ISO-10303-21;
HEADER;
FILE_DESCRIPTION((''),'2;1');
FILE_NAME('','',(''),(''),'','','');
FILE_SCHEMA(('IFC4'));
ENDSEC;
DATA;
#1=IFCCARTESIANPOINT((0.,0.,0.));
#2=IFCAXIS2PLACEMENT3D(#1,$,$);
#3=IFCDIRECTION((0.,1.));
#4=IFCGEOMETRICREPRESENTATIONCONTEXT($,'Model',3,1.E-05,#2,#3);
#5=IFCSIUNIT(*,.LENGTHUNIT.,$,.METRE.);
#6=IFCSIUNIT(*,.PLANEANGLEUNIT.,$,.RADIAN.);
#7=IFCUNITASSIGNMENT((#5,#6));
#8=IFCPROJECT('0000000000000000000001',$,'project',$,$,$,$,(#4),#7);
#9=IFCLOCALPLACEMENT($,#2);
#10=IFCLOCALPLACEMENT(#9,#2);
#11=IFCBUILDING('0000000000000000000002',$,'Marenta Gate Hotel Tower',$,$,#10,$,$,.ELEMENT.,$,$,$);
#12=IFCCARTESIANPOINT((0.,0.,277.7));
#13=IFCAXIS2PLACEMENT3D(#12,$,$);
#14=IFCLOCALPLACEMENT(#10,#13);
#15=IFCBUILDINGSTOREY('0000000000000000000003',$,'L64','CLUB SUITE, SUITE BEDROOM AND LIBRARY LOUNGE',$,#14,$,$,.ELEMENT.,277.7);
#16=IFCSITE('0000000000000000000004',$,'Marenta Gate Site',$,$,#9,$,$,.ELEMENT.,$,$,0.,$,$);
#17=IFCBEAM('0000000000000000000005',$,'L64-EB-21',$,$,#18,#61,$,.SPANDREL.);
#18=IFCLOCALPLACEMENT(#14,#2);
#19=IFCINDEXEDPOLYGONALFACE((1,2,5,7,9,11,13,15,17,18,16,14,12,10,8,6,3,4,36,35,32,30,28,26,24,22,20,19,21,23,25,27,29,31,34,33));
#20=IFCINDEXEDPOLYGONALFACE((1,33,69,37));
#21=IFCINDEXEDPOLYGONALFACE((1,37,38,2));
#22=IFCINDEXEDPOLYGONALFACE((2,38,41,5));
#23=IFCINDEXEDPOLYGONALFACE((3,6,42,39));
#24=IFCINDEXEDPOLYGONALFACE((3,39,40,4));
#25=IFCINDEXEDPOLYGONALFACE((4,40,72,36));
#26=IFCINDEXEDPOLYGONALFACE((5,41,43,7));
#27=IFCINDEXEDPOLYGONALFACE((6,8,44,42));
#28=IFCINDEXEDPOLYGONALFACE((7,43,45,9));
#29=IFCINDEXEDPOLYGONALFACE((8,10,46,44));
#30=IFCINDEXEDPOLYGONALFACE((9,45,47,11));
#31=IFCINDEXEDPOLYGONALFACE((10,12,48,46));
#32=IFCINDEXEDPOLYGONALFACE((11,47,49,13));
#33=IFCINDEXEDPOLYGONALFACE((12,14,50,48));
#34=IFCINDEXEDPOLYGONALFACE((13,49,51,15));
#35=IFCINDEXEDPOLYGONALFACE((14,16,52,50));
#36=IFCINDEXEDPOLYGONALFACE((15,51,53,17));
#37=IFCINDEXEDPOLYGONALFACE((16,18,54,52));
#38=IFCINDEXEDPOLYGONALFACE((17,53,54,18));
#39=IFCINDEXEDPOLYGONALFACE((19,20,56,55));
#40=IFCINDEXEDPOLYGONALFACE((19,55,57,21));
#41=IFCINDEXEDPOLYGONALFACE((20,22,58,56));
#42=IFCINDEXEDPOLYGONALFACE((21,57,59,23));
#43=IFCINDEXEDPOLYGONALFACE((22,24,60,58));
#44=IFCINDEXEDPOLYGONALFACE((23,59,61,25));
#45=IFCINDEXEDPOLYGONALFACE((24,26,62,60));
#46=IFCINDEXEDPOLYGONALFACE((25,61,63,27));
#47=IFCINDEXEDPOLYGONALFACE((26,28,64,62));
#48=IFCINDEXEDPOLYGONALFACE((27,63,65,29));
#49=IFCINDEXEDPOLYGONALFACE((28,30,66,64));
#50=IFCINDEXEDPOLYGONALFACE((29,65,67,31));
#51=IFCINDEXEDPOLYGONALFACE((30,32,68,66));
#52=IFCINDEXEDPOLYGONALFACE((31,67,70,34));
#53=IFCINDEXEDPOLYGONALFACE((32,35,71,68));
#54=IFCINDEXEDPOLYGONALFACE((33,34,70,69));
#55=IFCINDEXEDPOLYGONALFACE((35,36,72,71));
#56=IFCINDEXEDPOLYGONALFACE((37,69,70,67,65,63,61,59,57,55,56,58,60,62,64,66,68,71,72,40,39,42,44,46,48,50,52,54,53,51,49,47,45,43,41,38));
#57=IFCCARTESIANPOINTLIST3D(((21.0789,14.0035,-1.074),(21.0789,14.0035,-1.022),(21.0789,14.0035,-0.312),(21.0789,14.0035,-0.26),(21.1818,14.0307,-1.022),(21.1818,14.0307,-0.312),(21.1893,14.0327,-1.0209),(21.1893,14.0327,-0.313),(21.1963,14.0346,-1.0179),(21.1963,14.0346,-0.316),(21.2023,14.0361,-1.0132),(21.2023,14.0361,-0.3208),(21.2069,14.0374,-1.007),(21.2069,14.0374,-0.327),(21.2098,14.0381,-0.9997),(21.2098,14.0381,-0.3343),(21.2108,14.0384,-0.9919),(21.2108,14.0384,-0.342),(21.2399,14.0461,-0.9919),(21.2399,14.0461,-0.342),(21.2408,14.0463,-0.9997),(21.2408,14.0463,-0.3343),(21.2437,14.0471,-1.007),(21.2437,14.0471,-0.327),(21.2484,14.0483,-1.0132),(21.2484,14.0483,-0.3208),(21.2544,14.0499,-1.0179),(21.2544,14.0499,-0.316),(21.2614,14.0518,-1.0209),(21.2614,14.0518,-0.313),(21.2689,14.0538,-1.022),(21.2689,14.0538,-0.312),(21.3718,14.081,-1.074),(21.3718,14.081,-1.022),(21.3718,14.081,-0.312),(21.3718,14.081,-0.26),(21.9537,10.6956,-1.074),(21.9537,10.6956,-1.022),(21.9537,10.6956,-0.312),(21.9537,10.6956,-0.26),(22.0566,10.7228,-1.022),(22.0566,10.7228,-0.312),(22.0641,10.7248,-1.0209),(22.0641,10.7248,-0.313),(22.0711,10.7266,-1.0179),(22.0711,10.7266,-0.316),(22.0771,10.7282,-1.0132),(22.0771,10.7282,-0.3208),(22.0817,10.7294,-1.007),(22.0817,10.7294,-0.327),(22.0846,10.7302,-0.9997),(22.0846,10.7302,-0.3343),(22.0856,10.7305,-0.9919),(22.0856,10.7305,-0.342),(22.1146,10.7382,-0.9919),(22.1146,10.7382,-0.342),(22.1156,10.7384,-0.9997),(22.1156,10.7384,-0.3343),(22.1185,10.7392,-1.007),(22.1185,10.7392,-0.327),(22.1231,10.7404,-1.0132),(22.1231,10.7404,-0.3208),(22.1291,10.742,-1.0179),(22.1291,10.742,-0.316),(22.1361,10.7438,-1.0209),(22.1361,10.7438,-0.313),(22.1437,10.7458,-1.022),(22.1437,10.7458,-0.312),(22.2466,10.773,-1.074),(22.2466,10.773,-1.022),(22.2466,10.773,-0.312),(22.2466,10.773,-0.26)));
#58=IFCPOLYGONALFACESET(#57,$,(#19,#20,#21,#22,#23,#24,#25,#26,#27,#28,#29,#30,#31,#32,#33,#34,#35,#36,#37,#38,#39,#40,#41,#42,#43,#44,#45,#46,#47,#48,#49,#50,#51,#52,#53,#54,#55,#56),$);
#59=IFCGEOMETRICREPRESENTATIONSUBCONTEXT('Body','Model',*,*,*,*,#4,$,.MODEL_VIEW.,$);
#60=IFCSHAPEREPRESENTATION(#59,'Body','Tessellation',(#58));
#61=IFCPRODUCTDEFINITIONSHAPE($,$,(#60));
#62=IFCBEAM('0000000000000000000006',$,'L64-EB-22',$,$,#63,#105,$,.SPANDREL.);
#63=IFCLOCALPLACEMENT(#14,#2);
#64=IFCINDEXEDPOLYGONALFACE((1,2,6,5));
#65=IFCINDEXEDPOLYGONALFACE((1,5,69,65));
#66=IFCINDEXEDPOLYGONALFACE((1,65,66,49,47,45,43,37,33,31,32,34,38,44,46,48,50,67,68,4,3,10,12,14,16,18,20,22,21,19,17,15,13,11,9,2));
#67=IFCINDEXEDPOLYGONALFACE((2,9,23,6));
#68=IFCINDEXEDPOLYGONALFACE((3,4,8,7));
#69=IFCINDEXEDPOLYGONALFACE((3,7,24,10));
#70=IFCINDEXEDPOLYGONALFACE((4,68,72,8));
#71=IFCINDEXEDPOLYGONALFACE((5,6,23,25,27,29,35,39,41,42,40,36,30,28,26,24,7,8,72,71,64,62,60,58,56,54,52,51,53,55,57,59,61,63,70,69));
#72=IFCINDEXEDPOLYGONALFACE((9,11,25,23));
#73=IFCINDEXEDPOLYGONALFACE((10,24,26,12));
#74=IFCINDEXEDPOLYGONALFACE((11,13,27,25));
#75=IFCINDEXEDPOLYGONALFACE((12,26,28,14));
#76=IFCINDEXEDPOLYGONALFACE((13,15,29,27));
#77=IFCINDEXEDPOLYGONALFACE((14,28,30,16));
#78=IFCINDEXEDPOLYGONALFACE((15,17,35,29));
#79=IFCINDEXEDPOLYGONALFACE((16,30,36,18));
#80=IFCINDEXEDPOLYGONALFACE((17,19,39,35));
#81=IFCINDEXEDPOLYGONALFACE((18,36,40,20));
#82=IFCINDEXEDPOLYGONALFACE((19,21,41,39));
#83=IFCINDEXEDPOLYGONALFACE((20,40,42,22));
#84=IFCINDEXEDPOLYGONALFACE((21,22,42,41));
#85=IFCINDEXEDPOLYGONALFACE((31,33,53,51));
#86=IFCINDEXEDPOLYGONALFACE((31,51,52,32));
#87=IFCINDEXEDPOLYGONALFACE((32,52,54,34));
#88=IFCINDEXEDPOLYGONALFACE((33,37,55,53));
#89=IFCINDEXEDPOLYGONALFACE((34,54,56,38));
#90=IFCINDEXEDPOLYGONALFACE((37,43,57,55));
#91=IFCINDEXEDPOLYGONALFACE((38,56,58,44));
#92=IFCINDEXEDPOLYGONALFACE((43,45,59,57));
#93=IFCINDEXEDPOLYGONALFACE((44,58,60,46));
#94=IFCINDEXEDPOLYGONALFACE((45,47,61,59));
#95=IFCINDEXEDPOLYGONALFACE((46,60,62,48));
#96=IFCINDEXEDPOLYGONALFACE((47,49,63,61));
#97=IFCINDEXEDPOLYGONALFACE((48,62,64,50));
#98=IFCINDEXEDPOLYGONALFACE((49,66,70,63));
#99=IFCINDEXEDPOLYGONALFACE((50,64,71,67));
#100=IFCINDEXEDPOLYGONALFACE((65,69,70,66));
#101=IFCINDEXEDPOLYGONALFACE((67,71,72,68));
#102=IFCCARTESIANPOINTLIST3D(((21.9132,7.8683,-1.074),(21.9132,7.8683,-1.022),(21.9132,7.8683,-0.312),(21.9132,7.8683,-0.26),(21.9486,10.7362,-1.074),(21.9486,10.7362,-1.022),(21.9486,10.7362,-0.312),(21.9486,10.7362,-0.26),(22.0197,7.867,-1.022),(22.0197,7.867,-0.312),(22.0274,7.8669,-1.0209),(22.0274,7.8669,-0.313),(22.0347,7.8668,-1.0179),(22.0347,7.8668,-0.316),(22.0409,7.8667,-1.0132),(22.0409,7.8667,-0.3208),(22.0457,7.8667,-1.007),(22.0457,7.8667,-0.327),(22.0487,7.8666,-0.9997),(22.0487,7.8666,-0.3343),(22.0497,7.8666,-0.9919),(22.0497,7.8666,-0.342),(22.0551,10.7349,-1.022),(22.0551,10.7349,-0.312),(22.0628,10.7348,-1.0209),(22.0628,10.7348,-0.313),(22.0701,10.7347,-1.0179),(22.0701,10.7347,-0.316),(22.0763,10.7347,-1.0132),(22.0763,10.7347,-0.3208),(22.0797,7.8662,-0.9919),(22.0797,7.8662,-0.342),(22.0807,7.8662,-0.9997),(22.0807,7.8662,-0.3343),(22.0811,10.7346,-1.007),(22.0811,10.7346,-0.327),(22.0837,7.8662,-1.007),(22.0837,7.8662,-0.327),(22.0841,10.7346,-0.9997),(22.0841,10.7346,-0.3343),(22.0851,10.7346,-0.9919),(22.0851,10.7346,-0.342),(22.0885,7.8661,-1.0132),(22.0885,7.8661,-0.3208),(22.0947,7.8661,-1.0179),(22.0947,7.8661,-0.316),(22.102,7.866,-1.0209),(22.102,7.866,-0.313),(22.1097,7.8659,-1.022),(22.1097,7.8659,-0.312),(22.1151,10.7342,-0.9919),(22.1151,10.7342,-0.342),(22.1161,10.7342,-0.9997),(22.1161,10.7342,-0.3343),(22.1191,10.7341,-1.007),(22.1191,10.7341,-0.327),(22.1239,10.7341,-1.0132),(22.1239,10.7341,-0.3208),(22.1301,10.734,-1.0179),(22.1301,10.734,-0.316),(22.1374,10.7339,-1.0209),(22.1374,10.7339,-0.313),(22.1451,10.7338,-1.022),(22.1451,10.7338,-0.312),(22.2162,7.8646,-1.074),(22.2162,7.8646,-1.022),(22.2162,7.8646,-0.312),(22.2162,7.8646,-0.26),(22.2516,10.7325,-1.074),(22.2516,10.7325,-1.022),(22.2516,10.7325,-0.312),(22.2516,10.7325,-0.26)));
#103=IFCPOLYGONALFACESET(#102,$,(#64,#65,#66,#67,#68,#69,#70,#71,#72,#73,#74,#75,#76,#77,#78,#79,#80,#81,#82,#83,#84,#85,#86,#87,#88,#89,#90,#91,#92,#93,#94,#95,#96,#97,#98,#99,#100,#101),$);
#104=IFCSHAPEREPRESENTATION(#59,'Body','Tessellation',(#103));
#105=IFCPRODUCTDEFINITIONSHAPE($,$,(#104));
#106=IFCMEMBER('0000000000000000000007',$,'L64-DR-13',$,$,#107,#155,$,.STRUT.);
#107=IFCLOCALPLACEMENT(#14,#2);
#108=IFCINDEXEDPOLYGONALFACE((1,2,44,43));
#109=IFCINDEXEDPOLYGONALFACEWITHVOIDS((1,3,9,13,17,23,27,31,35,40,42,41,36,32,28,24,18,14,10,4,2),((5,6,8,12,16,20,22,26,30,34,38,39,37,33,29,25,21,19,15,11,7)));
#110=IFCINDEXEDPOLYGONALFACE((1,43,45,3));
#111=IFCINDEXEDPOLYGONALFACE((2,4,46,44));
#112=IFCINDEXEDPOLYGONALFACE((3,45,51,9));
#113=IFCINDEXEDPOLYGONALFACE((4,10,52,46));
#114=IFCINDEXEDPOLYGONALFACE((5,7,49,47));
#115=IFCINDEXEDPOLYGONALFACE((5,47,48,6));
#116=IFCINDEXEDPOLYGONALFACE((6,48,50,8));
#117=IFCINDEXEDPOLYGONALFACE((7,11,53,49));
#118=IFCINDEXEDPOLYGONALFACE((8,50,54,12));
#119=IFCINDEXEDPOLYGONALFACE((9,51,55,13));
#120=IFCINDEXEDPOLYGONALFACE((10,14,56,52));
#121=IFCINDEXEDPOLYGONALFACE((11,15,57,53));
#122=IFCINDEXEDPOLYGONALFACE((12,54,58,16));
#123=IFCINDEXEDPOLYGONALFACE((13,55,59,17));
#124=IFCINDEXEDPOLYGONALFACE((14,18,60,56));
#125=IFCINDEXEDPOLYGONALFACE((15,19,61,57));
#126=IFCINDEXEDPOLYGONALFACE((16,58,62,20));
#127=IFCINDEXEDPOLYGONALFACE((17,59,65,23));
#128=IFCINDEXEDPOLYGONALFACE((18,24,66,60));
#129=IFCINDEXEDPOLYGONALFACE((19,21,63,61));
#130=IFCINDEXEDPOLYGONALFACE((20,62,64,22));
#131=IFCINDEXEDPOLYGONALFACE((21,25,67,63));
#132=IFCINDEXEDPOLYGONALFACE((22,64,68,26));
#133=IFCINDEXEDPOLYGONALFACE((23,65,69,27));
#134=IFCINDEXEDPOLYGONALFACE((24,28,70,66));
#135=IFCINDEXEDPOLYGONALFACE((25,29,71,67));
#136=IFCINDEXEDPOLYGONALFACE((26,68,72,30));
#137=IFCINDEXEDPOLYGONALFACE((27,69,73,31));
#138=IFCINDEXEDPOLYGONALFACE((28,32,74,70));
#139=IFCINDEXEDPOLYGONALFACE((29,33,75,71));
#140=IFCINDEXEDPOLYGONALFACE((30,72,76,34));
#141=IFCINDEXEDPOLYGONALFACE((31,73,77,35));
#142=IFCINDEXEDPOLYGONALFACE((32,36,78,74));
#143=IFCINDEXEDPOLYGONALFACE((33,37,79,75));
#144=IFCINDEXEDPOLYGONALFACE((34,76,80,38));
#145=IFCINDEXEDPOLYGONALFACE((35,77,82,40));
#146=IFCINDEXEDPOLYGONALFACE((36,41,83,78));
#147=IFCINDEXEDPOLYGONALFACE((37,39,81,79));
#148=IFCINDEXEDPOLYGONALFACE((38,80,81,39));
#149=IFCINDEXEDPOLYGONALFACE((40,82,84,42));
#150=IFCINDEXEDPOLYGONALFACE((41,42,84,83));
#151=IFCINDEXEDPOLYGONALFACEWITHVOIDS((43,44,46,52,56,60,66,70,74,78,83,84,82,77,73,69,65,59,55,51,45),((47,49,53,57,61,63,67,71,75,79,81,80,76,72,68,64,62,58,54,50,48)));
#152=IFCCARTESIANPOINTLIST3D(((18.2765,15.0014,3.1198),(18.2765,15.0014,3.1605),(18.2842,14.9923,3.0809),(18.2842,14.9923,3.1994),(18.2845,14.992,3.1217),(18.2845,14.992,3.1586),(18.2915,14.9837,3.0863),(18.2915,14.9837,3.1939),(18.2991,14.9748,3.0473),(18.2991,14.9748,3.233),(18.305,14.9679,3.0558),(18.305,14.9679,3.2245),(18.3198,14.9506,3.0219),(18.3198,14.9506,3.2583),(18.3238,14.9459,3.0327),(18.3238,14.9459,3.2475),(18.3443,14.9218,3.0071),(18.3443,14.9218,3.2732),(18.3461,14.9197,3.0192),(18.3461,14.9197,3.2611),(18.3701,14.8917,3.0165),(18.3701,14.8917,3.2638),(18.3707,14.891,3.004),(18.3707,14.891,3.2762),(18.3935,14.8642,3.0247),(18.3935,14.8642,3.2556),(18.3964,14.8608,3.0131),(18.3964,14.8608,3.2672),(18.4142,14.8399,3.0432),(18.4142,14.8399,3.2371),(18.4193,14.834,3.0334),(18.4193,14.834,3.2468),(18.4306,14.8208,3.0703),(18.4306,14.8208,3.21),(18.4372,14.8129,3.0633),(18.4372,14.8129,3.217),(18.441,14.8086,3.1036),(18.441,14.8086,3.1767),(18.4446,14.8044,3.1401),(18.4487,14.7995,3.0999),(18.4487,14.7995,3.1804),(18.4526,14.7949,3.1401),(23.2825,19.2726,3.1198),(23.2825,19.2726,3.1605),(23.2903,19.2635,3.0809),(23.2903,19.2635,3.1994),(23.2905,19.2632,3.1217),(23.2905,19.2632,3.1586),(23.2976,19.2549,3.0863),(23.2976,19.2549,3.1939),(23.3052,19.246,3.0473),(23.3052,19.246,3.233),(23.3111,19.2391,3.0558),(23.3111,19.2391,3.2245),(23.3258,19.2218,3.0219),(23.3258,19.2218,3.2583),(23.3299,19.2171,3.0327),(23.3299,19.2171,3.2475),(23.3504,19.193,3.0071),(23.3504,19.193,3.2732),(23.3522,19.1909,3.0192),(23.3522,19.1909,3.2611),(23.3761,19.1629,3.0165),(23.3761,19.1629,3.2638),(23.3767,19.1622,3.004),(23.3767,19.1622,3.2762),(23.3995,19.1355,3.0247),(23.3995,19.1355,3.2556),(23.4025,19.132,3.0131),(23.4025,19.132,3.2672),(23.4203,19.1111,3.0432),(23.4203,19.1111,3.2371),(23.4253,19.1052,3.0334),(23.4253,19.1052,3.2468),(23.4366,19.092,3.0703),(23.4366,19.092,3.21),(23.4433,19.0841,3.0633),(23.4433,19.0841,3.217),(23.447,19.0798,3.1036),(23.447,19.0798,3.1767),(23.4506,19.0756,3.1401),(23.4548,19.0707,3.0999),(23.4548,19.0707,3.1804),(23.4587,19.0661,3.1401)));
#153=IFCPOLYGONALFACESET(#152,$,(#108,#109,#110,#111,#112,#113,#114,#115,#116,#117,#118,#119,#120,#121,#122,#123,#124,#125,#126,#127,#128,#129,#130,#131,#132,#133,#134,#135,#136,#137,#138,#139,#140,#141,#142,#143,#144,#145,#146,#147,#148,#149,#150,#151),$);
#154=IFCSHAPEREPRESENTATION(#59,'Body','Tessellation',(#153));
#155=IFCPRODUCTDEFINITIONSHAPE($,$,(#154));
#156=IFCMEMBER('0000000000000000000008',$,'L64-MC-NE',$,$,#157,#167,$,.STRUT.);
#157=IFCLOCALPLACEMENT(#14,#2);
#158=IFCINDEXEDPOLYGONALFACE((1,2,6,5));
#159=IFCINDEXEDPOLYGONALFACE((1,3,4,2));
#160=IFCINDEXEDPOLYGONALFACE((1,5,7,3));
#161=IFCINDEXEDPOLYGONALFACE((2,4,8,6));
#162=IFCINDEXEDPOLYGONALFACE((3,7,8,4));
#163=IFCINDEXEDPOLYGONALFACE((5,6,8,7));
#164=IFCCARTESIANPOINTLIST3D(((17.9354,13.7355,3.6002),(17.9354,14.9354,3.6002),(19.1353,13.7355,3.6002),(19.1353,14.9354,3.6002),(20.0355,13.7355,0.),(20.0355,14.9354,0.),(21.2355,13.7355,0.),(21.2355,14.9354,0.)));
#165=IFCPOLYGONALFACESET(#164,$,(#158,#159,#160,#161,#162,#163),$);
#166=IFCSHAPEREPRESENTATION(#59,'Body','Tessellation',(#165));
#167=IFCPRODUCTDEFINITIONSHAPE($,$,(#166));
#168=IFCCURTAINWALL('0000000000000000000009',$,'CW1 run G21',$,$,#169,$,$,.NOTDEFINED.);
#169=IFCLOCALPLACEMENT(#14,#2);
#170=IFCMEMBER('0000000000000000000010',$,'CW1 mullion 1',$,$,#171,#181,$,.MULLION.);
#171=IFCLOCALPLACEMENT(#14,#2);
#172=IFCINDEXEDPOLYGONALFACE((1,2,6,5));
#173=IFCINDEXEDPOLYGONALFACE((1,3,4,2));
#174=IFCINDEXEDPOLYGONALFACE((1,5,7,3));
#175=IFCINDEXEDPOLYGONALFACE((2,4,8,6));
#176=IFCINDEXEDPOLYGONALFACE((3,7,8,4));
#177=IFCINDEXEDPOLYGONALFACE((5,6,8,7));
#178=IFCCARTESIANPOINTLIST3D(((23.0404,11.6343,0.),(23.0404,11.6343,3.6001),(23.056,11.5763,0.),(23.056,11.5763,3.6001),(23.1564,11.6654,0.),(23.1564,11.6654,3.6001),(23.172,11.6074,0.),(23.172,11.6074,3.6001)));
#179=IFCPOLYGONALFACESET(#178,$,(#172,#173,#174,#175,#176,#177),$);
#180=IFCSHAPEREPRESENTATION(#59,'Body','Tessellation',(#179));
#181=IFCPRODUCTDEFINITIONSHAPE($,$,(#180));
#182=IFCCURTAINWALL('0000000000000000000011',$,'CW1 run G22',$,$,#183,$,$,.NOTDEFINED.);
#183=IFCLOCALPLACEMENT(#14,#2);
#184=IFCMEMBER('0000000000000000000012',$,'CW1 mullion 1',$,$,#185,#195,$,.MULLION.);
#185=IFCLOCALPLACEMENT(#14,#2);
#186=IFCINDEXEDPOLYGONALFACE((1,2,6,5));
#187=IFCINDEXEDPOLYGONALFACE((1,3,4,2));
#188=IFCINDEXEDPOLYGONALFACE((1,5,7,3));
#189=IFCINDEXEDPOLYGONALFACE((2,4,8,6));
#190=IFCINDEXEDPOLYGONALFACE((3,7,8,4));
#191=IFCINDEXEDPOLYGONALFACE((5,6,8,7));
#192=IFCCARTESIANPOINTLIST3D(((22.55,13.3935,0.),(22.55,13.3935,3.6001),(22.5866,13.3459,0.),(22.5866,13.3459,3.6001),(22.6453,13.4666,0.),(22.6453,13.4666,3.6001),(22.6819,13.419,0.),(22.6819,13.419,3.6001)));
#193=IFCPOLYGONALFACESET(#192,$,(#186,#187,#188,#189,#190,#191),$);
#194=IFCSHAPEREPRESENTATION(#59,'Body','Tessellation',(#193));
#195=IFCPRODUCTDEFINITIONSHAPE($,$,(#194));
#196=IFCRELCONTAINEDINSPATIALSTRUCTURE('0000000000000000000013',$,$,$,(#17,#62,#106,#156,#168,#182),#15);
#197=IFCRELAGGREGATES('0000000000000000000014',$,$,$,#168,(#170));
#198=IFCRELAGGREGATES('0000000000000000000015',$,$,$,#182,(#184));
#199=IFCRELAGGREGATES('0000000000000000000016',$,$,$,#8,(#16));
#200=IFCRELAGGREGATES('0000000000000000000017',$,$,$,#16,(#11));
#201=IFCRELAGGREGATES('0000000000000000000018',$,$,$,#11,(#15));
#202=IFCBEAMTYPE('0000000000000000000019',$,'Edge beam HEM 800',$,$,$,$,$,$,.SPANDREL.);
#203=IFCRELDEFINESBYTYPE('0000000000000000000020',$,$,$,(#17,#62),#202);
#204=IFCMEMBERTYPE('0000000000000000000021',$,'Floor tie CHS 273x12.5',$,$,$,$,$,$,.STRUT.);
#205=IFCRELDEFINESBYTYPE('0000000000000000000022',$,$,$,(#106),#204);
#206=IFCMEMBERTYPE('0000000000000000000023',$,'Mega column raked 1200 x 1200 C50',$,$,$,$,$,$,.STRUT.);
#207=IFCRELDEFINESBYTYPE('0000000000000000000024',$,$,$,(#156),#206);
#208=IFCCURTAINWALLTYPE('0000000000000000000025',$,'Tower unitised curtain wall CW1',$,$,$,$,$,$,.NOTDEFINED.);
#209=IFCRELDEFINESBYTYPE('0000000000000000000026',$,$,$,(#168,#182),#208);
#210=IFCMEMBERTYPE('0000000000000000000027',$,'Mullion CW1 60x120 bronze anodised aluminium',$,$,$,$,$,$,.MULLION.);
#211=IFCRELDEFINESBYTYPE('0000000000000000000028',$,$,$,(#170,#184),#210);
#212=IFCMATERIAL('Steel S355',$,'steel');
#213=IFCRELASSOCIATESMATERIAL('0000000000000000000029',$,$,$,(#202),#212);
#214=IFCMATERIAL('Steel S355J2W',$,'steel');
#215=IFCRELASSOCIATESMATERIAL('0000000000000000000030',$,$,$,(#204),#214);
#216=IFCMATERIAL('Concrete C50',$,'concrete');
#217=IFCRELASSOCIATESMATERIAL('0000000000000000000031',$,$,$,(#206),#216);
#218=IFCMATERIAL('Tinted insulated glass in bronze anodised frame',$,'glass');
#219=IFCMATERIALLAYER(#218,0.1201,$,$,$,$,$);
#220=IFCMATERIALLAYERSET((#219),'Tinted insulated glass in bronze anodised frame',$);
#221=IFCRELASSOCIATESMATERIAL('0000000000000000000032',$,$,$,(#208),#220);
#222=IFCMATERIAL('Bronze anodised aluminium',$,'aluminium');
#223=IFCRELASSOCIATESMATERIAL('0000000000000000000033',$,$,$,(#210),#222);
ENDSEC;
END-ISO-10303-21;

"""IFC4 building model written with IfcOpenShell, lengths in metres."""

from ifc_helpers import new_model, si_unit, direction, frame, origin, origin_2d, place, context, subcontext, project, spatial, rectangle, hollow_circle, i_section, extrude, material, layer, layer_set, material_profile, profile_set, type_object, element, aggregate, save


model = new_model("IFC4")

# Units and contexts
model_context = context("Model", 3, precision=1e-05, world=origin(), true_north=direction((0.0, 1.0)))
body_context = subcontext(model_context, "Body", "Model", "MODEL_VIEW")
ifc_project = project(units=[si_unit("LENGTHUNIT", "METRE"), si_unit("PLANEANGLEUNIT", "RADIAN")], contexts=[model_context])

# Site, building, storey
site_placement = place(None, origin())
site = spatial("IfcSite", under=ifc_project, at=site_placement, Name="Marenta Gate Site", CompositionType="ELEMENT", RefElevation=0.0)
building_placement = place(site_placement, origin())
building = spatial("IfcBuilding", under=site, at=building_placement, Name="Marenta Gate Hotel Tower", CompositionType="ELEMENT")
storey_placement = place(building_placement, frame((0.0, 0.0, 277.7)))
storey = spatial("IfcBuildingStorey", under=building, at=storey_placement, Name="L64", Description="CLUB SUITE, SUITE BEDROOM AND LIBRARY LOUNGE", CompositionType="ELEMENT", Elevation=277.7)

# Beams
ifc_material_1 = material(Name="Steel S355", Category="steel")
ifc_material_profile_1 = material_profile(ifc_material_1, i_section(OverallWidth=0.303, OverallDepth=0.814, WebThickness=0.03, FlangeThickness=0.052, FilletRadius=0.03, at=origin_2d()), Name="HEM 800")
ifc_profile_set_1 = profile_set([ifc_material_profile_1], Name="Steel S355")
beam_type_1 = type_object("IfcBeamType", Name="Edge beam HEM 800", PredefinedType="SPANDREL", material=ifc_profile_set_1)
beam_1_placement = place(storey_placement, frame((21.2253, 14.0422, -0.667), z_axis=(0.255659, -0.966767, 0.0), x_axis=(0.966767, 0.255659, 0.0)))
element("IfcBeam", 1, at=beam_1_placement, inside=storey, type_object=beam_type_1, Name="L64-EB-21", PredefinedType="SPANDREL", context=body_context, shape_type="SweptSolid", body=[
    extrude(i_section(OverallWidth=0.303, OverallDepth=0.814, WebThickness=0.03, FlangeThickness=0.052, FilletRadius=0.03, at=origin_2d()), origin(), (0.0, 0.0, 1.0), 3.4216),
])
beam_2_placement = place(storey_placement, frame((22.1001, 10.7344, -0.667), z_axis=(-0.012343, -0.999924, 0.0), x_axis=(0.999924, -0.012343, 0.0)))
element("IfcBeam", 2, at=beam_2_placement, inside=storey, type_object=beam_type_1, Name="L64-EB-22", PredefinedType="SPANDREL", context=body_context, shape_type="SweptSolid", body=[
    extrude(i_section(OverallWidth=0.303, OverallDepth=0.814, WebThickness=0.03, FlangeThickness=0.052, FilletRadius=0.03, at=origin_2d()), origin(), (0.0, 0.0, 1.0), 2.8682),
])

# Members
ifc_material_2 = material(Name="Steel S355J2W", Category="steel")
ifc_material_profile_2 = material_profile(ifc_material_2, hollow_circle(Radius=0.1365, WallThickness=0.0125, at=origin_2d()), Name="CHS 273x12.5")
ifc_profile_set_2 = profile_set([ifc_material_profile_2], Name="Steel S355J2W")
member_type_1 = type_object("IfcMemberType", Name="Floor tie CHS 273x12.5", PredefinedType="STRUT", material=ifc_profile_set_2)
member_1_placement = place(storey_placement, frame((23.3701, 19.1699, 3.1401), z_axis=(-0.760734, -0.649063, 0.0), x_axis=(0.649063, -0.760734, 0.0)))
element("IfcMember", 3, at=member_1_placement, inside=storey, type_object=member_type_1, Name="L64-DR-13", PredefinedType="STRUT", context=body_context, shape_type="SweptSolid", body=[
    extrude(hollow_circle(Radius=0.1365, WallThickness=0.0125, at=origin_2d()), origin(), (0.0, 0.0, 1.0), 6.5806),
])
ifc_material_3 = material(Name="Concrete C50", Category="concrete")
ifc_material_profile_3 = material_profile(ifc_material_3, rectangle(XDim=1.2, YDim=1.2, at=origin_2d()), Name="1200 x 1200")
ifc_profile_set_3 = profile_set([ifc_material_profile_3], Name="Concrete C50")
member_type_2 = type_object("IfcMemberType", Name="Mega column raked 1200 x 1200 C50", PredefinedType="STRUT", material=ifc_profile_set_3)
member_2_placement = place(storey_placement, frame((20.6355, 14.3354, 0.0), z_axis=(0.0, 0.0, 1.0), x_axis=(1.0, 0.0, 0.0)))
element("IfcMember", 4, at=member_2_placement, inside=storey, type_object=member_type_2, Name="L64-MC-NE", PredefinedType="STRUT", context=body_context, shape_type="SweptSolid", body=[
    extrude(rectangle(XDim=1.2, YDim=1.2, at=origin_2d()), origin(), (-0.503878, 0.0, 0.863775), 4.168),
])

# Curtain walls, members
ifc_material_4 = material(Name="Tinted insulated glass in bronze anodised frame", Category="glass")
ifc_layer_1 = layer(ifc_material_4, 0.1201)
ifc_layer_set_1 = layer_set([ifc_layer_1], Name="Tinted insulated glass in bronze anodised frame")
curtain_wall_type = type_object("IfcCurtainWallType", Name="Tower unitised curtain wall CW1", PredefinedType="NOTDEFINED", material=ifc_layer_set_1)
curtain_wall_1_placement = place(storey_placement, origin())
curtain_wall_1 = element("IfcCurtainWall", 5, at=curtain_wall_1_placement, inside=storey, type_object=curtain_wall_type, Name="CW1 run G21", PredefinedType="NOTDEFINED")
ifc_material_5 = material(Name="Bronze anodised aluminium", Category="aluminium")
ifc_material_profile_4 = material_profile(ifc_material_5, rectangle(XDim=0.1201, YDim=0.0601, at=origin_2d()), Name="Mullion CW1 60x120 bronze anodised aluminium")
ifc_profile_set_4 = profile_set([ifc_material_profile_4], Name="Bronze anodised aluminium")
member_type_3 = type_object("IfcMemberType", Name="Mullion CW1 60x120 bronze anodised aluminium", PredefinedType="MULLION", material=ifc_profile_set_4)
member_3_placement = place(storey_placement, frame((23.1062, 11.6208, 0.0), z_axis=(0.0, 0.0, 1.0), x_axis=(-0.965924, -0.258824, 0.0)))
member_3 = element("IfcMember", 6, at=member_3_placement, type_object=member_type_3, Name="CW1 mullion 1", PredefinedType="MULLION", context=body_context, shape_type="SweptSolid", body=[
    extrude(rectangle(XDim=0.1201, YDim=0.0601, at=origin_2d()), origin(), (0.0, 0.0, 1.0), 3.6001),
])
curtain_wall_2_placement = place(storey_placement, origin())
curtain_wall_2 = element("IfcCurtainWall", 7, at=curtain_wall_2_placement, inside=storey, type_object=curtain_wall_type, Name="CW1 run G22", PredefinedType="NOTDEFINED")
member_4_placement = place(storey_placement, frame((22.616, 13.4062, 0.0), z_axis=(0.0, 0.0, 1.0), x_axis=(-0.793333, -0.608787, 0.0)))
member_4 = element("IfcMember", 8, at=member_4_placement, type_object=member_type_3, Name="CW1 mullion 1", PredefinedType="MULLION", context=body_context, shape_type="SweptSolid", body=[
    extrude(rectangle(XDim=0.1201, YDim=0.0601, at=origin_2d()), origin(), (0.0, 0.0, 1.0), 3.6001),
])

aggregate(curtain_wall_1, [member_3])
aggregate(curtain_wall_2, [member_4])

save(model, "model.ifc")
